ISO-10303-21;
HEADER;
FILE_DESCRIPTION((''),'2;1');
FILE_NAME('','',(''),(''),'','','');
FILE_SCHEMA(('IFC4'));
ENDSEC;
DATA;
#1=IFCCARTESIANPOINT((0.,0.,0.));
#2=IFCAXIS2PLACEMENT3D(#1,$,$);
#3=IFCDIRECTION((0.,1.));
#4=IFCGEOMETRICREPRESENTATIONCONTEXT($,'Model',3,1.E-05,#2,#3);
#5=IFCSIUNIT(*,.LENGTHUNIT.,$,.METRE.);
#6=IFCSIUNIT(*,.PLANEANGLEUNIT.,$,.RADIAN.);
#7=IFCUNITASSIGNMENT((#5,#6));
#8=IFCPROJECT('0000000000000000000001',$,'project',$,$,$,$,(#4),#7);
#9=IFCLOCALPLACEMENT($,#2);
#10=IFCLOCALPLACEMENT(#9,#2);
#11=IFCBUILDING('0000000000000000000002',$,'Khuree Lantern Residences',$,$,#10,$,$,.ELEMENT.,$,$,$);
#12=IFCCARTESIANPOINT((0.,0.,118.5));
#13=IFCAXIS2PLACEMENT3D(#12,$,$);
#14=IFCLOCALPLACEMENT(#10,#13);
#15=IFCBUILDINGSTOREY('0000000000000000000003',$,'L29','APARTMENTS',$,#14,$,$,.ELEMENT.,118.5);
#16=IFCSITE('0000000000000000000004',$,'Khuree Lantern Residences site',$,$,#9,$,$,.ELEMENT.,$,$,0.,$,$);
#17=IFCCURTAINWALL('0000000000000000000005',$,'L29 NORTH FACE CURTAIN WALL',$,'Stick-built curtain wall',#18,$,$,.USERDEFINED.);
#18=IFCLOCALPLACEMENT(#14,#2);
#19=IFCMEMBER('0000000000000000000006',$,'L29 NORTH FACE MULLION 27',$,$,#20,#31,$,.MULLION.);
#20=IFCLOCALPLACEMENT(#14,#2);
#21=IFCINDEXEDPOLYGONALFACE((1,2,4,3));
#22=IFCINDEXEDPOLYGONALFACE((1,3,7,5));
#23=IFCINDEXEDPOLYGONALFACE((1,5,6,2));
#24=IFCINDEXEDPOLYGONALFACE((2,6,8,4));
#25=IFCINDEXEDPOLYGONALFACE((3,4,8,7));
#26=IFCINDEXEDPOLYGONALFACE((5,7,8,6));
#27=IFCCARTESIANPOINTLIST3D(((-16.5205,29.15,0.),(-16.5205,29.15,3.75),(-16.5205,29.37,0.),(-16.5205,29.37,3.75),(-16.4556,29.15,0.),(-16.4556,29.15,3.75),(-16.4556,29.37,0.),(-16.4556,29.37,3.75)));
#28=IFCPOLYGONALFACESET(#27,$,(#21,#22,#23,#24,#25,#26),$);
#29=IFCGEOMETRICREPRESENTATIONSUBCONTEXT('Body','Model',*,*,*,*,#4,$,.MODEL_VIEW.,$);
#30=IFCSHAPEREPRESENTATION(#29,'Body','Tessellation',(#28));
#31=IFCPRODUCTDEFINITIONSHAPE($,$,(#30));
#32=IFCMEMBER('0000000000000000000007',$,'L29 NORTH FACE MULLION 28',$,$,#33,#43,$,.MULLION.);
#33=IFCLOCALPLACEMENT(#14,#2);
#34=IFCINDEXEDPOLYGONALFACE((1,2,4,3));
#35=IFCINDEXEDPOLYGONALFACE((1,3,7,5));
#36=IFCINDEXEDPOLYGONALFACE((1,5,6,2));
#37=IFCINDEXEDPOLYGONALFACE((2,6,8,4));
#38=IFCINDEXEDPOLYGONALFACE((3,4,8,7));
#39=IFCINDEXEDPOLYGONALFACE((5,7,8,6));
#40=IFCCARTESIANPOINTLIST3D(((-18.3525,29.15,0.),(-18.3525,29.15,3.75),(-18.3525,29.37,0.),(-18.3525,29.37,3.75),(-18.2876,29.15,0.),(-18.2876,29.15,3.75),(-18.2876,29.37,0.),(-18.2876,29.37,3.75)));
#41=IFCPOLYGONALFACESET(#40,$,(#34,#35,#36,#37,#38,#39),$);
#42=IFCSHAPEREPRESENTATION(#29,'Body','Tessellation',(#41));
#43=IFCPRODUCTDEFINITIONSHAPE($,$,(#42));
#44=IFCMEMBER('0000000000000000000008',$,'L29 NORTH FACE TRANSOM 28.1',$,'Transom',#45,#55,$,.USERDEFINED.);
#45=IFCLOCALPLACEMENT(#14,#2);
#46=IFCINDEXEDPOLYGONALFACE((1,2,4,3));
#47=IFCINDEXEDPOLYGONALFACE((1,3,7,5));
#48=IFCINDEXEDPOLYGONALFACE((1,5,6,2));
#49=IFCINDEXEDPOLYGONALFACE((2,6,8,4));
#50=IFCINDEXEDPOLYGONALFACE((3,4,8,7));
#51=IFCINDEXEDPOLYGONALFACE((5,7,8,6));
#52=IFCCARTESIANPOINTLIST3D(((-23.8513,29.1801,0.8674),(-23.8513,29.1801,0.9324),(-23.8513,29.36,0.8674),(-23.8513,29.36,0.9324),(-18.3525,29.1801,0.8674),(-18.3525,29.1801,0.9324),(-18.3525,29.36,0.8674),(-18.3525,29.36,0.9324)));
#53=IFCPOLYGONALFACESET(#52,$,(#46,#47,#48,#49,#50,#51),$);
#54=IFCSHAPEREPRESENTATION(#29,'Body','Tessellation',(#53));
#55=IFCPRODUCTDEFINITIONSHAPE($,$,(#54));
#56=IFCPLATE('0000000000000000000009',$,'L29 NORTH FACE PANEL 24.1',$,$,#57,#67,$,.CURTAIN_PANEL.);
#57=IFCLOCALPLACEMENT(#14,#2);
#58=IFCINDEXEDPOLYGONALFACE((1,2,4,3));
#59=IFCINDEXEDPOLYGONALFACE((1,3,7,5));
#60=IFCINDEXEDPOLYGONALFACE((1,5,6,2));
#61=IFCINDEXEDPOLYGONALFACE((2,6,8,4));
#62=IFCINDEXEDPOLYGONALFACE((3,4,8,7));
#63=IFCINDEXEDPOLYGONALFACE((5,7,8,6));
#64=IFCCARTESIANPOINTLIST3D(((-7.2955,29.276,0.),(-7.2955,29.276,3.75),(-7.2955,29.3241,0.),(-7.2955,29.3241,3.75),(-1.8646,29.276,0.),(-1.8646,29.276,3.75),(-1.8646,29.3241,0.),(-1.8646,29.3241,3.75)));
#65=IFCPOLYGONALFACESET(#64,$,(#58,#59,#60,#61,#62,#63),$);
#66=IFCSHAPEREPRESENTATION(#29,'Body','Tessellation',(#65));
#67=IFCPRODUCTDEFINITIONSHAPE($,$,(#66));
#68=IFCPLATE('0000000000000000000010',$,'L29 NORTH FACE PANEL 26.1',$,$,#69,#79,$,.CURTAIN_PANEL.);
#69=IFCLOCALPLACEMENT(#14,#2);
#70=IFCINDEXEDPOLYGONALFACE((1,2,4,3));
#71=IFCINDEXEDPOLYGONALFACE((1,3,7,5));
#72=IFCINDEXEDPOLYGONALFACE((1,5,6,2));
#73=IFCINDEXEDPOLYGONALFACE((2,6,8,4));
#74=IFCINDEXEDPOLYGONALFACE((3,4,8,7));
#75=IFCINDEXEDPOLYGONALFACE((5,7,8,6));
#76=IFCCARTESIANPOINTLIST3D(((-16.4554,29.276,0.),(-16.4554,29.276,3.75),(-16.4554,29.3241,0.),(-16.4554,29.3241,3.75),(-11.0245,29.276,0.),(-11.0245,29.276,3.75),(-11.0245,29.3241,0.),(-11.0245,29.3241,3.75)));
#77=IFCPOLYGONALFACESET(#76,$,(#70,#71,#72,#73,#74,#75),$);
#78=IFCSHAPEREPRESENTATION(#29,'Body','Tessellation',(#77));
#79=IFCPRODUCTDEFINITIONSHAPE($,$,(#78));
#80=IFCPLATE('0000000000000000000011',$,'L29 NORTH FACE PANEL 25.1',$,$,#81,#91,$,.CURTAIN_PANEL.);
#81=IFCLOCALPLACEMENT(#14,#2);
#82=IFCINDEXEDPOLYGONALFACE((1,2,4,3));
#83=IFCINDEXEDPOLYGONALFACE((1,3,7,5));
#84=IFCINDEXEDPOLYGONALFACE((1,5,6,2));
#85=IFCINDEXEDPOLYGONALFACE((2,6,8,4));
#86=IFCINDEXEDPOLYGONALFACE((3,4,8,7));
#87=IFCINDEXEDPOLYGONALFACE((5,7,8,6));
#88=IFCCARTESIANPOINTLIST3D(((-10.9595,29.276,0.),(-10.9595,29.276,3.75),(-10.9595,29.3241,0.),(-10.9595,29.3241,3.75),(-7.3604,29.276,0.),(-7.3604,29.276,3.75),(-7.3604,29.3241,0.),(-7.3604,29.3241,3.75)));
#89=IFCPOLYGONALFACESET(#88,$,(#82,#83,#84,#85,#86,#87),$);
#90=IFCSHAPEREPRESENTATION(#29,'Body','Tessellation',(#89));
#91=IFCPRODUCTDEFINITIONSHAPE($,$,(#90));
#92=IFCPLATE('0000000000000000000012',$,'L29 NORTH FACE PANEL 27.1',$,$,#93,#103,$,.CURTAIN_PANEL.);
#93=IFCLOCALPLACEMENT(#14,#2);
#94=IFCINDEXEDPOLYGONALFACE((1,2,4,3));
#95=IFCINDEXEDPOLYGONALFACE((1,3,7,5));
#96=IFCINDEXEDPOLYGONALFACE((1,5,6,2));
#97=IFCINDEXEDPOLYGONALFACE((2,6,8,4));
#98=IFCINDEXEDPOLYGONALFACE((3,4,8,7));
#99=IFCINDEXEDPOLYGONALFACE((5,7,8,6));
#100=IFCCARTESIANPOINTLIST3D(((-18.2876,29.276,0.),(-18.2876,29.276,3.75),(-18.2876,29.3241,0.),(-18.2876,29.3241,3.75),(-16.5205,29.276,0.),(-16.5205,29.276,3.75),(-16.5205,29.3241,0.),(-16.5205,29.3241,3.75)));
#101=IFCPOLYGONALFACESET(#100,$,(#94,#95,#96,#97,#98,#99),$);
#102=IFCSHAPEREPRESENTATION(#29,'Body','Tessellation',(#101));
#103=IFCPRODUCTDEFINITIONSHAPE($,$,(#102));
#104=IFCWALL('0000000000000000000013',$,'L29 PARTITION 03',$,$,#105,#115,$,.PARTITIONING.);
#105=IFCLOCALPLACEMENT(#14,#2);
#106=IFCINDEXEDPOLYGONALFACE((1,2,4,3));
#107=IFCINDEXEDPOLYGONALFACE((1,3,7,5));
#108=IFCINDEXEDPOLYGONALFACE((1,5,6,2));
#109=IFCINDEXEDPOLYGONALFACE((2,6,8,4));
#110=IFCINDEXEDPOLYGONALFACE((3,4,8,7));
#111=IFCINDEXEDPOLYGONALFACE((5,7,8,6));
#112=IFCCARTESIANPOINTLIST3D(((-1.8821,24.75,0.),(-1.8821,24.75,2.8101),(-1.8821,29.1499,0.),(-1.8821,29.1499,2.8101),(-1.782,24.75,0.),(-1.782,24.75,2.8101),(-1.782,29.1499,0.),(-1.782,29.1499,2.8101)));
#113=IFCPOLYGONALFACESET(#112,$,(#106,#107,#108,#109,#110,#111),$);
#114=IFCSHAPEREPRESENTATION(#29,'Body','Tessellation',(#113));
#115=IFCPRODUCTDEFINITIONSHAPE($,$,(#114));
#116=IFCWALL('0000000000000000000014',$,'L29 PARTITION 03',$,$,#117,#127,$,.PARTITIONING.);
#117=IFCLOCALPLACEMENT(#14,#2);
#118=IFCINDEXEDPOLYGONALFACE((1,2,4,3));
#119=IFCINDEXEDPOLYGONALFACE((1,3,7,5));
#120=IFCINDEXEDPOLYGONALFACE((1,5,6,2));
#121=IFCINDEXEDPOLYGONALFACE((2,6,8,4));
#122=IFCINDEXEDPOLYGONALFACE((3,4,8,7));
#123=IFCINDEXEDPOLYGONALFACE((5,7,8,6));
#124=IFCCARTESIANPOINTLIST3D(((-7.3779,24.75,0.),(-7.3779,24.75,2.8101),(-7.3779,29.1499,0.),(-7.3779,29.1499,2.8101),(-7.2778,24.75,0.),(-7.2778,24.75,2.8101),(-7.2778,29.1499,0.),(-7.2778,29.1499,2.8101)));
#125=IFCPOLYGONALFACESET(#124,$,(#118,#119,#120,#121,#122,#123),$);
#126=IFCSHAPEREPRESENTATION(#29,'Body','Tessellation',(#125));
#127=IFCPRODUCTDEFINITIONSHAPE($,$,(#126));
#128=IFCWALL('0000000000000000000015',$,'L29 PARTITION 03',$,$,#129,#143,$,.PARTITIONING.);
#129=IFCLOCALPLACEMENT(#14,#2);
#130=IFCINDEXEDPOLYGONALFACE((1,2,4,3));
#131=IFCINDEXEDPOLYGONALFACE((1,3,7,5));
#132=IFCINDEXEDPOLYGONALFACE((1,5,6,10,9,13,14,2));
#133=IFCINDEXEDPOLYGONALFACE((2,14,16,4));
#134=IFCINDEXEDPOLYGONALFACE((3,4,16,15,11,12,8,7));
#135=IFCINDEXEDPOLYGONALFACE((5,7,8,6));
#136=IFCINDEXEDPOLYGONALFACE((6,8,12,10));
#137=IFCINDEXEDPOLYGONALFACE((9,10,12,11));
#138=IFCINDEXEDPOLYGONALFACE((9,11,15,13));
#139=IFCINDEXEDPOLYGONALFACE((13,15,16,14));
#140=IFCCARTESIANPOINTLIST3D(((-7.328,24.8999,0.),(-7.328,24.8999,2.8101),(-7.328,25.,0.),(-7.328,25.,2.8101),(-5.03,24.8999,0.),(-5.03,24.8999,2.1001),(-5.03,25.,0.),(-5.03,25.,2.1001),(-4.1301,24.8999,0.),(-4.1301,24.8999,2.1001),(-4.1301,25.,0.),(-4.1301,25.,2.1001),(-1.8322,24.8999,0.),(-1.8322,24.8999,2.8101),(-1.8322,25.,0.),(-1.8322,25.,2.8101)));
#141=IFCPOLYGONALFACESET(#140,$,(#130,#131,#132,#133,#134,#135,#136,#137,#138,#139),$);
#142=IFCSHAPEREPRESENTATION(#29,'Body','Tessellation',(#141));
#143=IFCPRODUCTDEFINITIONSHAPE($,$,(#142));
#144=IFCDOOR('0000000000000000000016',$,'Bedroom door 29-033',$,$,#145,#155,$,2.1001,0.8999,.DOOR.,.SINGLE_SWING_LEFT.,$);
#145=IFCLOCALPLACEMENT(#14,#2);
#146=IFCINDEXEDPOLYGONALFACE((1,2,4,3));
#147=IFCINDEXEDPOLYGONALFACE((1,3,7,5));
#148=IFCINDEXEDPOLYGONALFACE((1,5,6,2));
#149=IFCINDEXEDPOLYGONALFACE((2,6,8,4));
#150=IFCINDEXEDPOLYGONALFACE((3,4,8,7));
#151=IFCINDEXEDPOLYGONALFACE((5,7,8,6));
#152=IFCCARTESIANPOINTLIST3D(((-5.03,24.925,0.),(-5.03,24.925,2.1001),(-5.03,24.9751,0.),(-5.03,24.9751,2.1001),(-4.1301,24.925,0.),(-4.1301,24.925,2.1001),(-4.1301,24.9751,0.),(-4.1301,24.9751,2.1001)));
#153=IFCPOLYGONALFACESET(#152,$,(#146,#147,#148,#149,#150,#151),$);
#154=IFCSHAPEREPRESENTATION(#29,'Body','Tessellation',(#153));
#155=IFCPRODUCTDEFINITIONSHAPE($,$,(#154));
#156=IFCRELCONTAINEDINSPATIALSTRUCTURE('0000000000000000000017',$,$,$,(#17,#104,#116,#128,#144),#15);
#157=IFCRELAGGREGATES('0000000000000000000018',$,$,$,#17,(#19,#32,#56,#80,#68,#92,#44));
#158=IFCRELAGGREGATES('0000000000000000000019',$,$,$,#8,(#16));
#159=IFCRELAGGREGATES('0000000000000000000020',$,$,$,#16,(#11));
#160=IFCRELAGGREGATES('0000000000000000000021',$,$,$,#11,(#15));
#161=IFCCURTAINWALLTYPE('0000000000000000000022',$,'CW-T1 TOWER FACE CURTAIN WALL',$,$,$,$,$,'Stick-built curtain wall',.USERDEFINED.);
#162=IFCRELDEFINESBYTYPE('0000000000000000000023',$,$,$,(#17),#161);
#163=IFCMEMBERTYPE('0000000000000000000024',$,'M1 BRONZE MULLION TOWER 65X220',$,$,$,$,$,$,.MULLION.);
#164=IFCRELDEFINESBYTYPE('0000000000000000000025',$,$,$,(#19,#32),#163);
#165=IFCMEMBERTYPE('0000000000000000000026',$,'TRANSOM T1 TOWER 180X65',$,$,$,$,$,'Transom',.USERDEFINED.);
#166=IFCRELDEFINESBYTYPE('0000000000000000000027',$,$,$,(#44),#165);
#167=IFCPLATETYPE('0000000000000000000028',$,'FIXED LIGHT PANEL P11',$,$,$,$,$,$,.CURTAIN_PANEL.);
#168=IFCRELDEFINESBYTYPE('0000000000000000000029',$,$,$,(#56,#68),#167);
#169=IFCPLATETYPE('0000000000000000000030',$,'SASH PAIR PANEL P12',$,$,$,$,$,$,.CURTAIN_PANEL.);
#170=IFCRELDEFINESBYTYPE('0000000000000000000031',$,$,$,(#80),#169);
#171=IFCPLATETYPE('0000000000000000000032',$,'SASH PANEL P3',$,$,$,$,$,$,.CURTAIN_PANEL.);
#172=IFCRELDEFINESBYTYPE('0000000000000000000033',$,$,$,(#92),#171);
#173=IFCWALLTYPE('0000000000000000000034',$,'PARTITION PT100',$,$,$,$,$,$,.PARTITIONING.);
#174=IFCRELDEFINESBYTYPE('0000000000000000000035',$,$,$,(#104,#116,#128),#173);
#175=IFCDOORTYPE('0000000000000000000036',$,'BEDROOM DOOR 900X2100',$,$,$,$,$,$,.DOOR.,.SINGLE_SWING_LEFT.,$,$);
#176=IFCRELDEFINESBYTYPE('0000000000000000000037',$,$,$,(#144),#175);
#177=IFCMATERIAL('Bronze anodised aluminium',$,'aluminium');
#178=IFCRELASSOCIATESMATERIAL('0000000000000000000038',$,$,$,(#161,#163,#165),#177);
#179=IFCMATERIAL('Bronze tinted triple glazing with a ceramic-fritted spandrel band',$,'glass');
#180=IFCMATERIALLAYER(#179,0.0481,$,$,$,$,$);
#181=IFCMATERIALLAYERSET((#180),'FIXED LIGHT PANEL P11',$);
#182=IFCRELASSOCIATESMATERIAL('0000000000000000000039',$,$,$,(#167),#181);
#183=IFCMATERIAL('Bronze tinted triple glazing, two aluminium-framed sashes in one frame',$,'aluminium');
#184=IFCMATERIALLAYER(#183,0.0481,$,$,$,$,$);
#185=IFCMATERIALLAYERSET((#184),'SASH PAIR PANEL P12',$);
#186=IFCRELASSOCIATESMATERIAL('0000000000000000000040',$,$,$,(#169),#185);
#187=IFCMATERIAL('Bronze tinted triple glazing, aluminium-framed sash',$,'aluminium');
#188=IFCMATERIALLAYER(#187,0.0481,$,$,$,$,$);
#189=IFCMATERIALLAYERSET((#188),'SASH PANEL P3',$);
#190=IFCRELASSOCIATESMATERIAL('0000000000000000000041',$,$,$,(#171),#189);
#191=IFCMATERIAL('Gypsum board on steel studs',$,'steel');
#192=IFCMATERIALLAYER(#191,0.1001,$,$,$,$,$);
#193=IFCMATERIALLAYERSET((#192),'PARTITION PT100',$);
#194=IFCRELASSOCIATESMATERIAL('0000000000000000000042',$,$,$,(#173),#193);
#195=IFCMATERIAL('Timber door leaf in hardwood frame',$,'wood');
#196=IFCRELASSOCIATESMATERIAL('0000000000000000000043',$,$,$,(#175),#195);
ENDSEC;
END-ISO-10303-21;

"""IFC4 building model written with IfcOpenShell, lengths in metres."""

from ifc_helpers import new_model, si_unit, direction, frame, frame_2d, origin, origin_2d, place, context, subcontext, project, spatial, rectangle, extrude, material, layer, layer_set, material_profile, profile_set, type_object, element, fill, aggregate, save


model = new_model("IFC4")

# Units and contexts
model_context = context("Model", 3, precision=1e-05, world=origin(), true_north=direction((0.0, 1.0)))
body_context = subcontext(model_context, "Body", "Model", "MODEL_VIEW")
ifc_project = project(units=[si_unit("LENGTHUNIT", "METRE"), si_unit("PLANEANGLEUNIT", "RADIAN")], contexts=[model_context])

# Site, building, storey
site_placement = place(None, origin())
site = spatial("IfcSite", under=ifc_project, at=site_placement, Name="Khuree Lantern Residences site", CompositionType="ELEMENT", RefElevation=0.0)
building_placement = place(site_placement, origin())
building = spatial("IfcBuilding", under=site, at=building_placement, Name="Khuree Lantern Residences", CompositionType="ELEMENT")
storey_placement = place(building_placement, frame((0.0, 0.0, 118.5)))
storey = spatial("IfcBuildingStorey", under=building, at=storey_placement, Name="L29", Description="APARTMENTS", CompositionType="ELEMENT", Elevation=118.5)

# Curtain wall
ifc_material_1 = material(Name="Bronze anodised aluminium", Category="aluminium")
curtain_wall_type = type_object("IfcCurtainWallType", Name="CW-T1 TOWER FACE CURTAIN WALL", ElementType="Stick-built curtain wall", PredefinedType="USERDEFINED", material=ifc_material_1)
curtain_wall_placement = place(storey_placement, origin())
curtain_wall = element("IfcCurtainWall", 1, at=curtain_wall_placement, inside=storey, type_object=curtain_wall_type, Name="L29 NORTH FACE CURTAIN WALL", ObjectType="Stick-built curtain wall", PredefinedType="USERDEFINED")

# Members
ifc_material_profile_1 = material_profile(ifc_material_1, rectangle(XDim=0.0649, YDim=0.22, at=origin_2d()), Name="M1 65X220")
ifc_profile_set_1 = profile_set([ifc_material_profile_1], Name="Bronze anodised aluminium")
member_type_1 = type_object("IfcMemberType", Name="M1 BRONZE MULLION TOWER 65X220", PredefinedType="MULLION", material=ifc_profile_set_1)
member_1_placement = place(storey_placement, frame((-16.488, 29.26, 0.0), z_axis=(0.0, 0.0, 1.0), x_axis=(-1.0, 0.0, 0.0)))
member_1 = element("IfcMember", 2, at=member_1_placement, type_object=member_type_1, Name="L29 NORTH FACE MULLION 27", PredefinedType="MULLION", context=body_context, shape_type="SweptSolid", body=[
    extrude(rectangle(XDim=0.0649, YDim=0.22, at=origin_2d()), origin(), (0.0, 0.0, 1.0), 3.75),
])
member_2_placement = place(storey_placement, frame((-18.3201, 29.26, 0.0), z_axis=(0.0, 0.0, 1.0), x_axis=(-1.0, 0.0, 0.0)))
member_2 = element("IfcMember", 3, at=member_2_placement, type_object=member_type_1, Name="L29 NORTH FACE MULLION 28", PredefinedType="MULLION", context=body_context, shape_type="SweptSolid", body=[
    extrude(rectangle(XDim=0.0649, YDim=0.22, at=origin_2d()), origin(), (0.0, 0.0, 1.0), 3.75),
])
ifc_material_profile_2 = material_profile(ifc_material_1, rectangle(XDim=0.1799, YDim=0.0649, at=origin_2d()), Name="T1 180X65")
ifc_profile_set_2 = profile_set([ifc_material_profile_2], Name="Bronze anodised aluminium")
member_type_2 = type_object("IfcMemberType", Name="TRANSOM T1 TOWER 180X65", ElementType="Transom", PredefinedType="USERDEFINED", material=ifc_profile_set_2)
member_3_placement = place(storey_placement, frame((-18.3525, 29.27, 0.8999), z_axis=(-1.0, 0.0, 0.0), x_axis=(0.0, -1.0, 0.0)))
member_3 = element("IfcMember", 4, at=member_3_placement, type_object=member_type_2, Name="L29 NORTH FACE TRANSOM 28.1", ObjectType="Transom", PredefinedType="USERDEFINED", context=body_context, shape_type="SweptSolid", body=[
    extrude(rectangle(XDim=0.1799, YDim=0.0649, at=origin_2d()), origin(), (0.0, 0.0, 1.0), 5.4988),
])

# Plates
ifc_material_2 = material(Name="Bronze tinted triple glazing with a ceramic-fritted spandrel band", Category="glass")
ifc_layer_1 = layer(ifc_material_2, 0.0481)
ifc_layer_set_1 = layer_set([ifc_layer_1], Name="FIXED LIGHT PANEL P11")
plate_type_1 = type_object("IfcPlateType", Name="FIXED LIGHT PANEL P11", PredefinedType="CURTAIN_PANEL", material=ifc_layer_set_1)
plate_1_placement = place(storey_placement, frame((-4.5801, 29.3, 0.0), z_axis=(0.0, 0.0, 1.0), x_axis=(-1.0, 0.0, 0.0)))
plate_1 = element("IfcPlate", 5, at=plate_1_placement, type_object=plate_type_1, Name="L29 NORTH FACE PANEL 24.1", PredefinedType="CURTAIN_PANEL", context=body_context, shape_type="SweptSolid", body=[
    extrude(rectangle(XDim=5.4309, YDim=0.0481, at=origin_2d()), origin(), (0.0, 0.0, 1.0), 3.75),
])
plate_2_placement = place(storey_placement, frame((-13.74, 29.3, 0.0), z_axis=(0.0, 0.0, 1.0), x_axis=(-1.0, 0.0, 0.0)))
plate_2 = element("IfcPlate", 6, at=plate_2_placement, type_object=plate_type_1, Name="L29 NORTH FACE PANEL 26.1", PredefinedType="CURTAIN_PANEL", context=body_context, shape_type="SweptSolid", body=[
    extrude(rectangle(XDim=5.4309, YDim=0.0481, at=origin_2d()), origin(), (0.0, 0.0, 1.0), 3.75),
])
ifc_material_3 = material(Name="Bronze tinted triple glazing, two aluminium-framed sashes in one frame", Category="aluminium")
ifc_layer_2 = layer(ifc_material_3, 0.0481)
ifc_layer_set_2 = layer_set([ifc_layer_2], Name="SASH PAIR PANEL P12")
plate_type_2 = type_object("IfcPlateType", Name="SASH PAIR PANEL P12", PredefinedType="CURTAIN_PANEL", material=ifc_layer_set_2)
plate_3_placement = place(storey_placement, frame((-9.1599, 29.3, 0.0), z_axis=(0.0, 0.0, 1.0), x_axis=(-1.0, 0.0, 0.0)))
plate_3 = element("IfcPlate", 7, at=plate_3_placement, type_object=plate_type_2, Name="L29 NORTH FACE PANEL 25.1", PredefinedType="CURTAIN_PANEL", context=body_context, shape_type="SweptSolid", body=[
    extrude(rectangle(XDim=3.5991, YDim=0.0481, at=origin_2d()), origin(), (0.0, 0.0, 1.0), 3.75),
])
ifc_material_4 = material(Name="Bronze tinted triple glazing, aluminium-framed sash", Category="aluminium")
ifc_layer_3 = layer(ifc_material_4, 0.0481)
ifc_layer_set_3 = layer_set([ifc_layer_3], Name="SASH PANEL P3")
plate_type_3 = type_object("IfcPlateType", Name="SASH PANEL P3", PredefinedType="CURTAIN_PANEL", material=ifc_layer_set_3)
plate_4_placement = place(storey_placement, frame((-17.4041, 29.3, 0.0), z_axis=(0.0, 0.0, 1.0), x_axis=(-1.0, 0.0, 0.0)))
plate_4 = element("IfcPlate", 8, at=plate_4_placement, type_object=plate_type_3, Name="L29 NORTH FACE PANEL 27.1", PredefinedType="CURTAIN_PANEL", context=body_context, shape_type="SweptSolid", body=[
    extrude(rectangle(XDim=1.7671, YDim=0.0481, at=origin_2d()), origin(), (0.0, 0.0, 1.0), 3.75),
])
aggregate(curtain_wall, [member_1, member_2, plate_1, plate_3, plate_2, plate_4, member_3])

# Walls
ifc_material_5 = material(Name="Gypsum board on steel studs", Category="steel")
ifc_layer_4 = layer(ifc_material_5, 0.1001)
ifc_layer_set_4 = layer_set([ifc_layer_4], Name="PARTITION PT100")
wall_type = type_object("IfcWallType", Name="PARTITION PT100", PredefinedType="PARTITIONING", material=ifc_layer_set_4)
for number, where, z_axis, x_axis, name in (
    (9, (-1.832, 24.75, 0.0), (0.0, 0.0, 1.0), (0.0, 1.0, 0.0), "L29 PARTITION 03"),
    (10, (-7.3279, 24.75, 0.0), (0.0, 0.0, 1.0), (0.0, 1.0, 0.0), "L29 PARTITION 03"),
):
    element("IfcWall", number, at=place(storey_placement, frame(where, z_axis=z_axis, x_axis=x_axis)), inside=storey, type_object=wall_type, Name=name, PredefinedType="PARTITIONING", context=body_context, shape_type="SweptSolid", body=[
        extrude(rectangle(XDim=4.3999, YDim=0.1001, at=frame_2d((2.2, 0.0))), origin(), (0.0, 0.0, 1.0), 2.8101),
    ])

# Wall, opening, door
wall_1_placement = place(storey_placement, frame((-1.832, 24.95, 0.0), z_axis=(0.0, 0.0, 1.0), x_axis=(-1.0, 0.0, 0.0)))
wall_1 = element("IfcWall", 11, at=wall_1_placement, inside=storey, type_object=wall_type, Name="L29 PARTITION 03", PredefinedType="PARTITIONING", context=body_context, shape_type="SweptSolid", body=[
    extrude(rectangle(XDim=5.4958, YDim=0.1001, at=frame_2d((2.748, 0.0))), origin(), (0.0, 0.0, 1.0), 2.8101),
])
opening_1_placement = place(wall_1_placement, frame((2.2981, 0.0, 0.0)))
opening_1 = element("IfcOpeningElement", 12, at=opening_1_placement, cuts=wall_1, PredefinedType="OPENING", context=body_context, shape_type="SweptSolid", body=[
    extrude(rectangle(XDim=0.8999, YDim=2.1001, at=frame_2d((0.45, 1.05))), frame((0.0, 0.0601, 0.0), z_axis=(0.0, -1.0, 0.0), x_axis=(1.0, 0.0, 0.0)), (0.0, 0.0, 1.0), 0.1201),
])
ifc_material_6 = material(Name="Timber door leaf in hardwood frame", Category="wood")
door_type = type_object("IfcDoorType", Name="BEDROOM DOOR 900X2100", OperationType="SINGLE_SWING_LEFT", PredefinedType="DOOR", material=ifc_material_6)
door_1_placement = place(opening_1_placement, origin())
door_1 = element("IfcDoor", 13, at=door_1_placement, inside=storey, type_object=door_type, Name="Bedroom door 29-033", OperationType="SINGLE_SWING_LEFT", OverallHeight=2.1001, OverallWidth=0.8999, PredefinedType="DOOR", context=body_context, shape_type="SweptSolid", body=[
    extrude(rectangle(XDim=0.8999, YDim=2.1001, at=frame_2d((0.45, 1.05))), frame((0.0, 0.0249, 0.0), z_axis=(0.0, -1.0, 0.0), x_axis=(1.0, 0.0, 0.0)), (0.0, 0.0, 1.0), 0.05),
])
fill(opening_1, door_1)

save(model, "model.ifc")
